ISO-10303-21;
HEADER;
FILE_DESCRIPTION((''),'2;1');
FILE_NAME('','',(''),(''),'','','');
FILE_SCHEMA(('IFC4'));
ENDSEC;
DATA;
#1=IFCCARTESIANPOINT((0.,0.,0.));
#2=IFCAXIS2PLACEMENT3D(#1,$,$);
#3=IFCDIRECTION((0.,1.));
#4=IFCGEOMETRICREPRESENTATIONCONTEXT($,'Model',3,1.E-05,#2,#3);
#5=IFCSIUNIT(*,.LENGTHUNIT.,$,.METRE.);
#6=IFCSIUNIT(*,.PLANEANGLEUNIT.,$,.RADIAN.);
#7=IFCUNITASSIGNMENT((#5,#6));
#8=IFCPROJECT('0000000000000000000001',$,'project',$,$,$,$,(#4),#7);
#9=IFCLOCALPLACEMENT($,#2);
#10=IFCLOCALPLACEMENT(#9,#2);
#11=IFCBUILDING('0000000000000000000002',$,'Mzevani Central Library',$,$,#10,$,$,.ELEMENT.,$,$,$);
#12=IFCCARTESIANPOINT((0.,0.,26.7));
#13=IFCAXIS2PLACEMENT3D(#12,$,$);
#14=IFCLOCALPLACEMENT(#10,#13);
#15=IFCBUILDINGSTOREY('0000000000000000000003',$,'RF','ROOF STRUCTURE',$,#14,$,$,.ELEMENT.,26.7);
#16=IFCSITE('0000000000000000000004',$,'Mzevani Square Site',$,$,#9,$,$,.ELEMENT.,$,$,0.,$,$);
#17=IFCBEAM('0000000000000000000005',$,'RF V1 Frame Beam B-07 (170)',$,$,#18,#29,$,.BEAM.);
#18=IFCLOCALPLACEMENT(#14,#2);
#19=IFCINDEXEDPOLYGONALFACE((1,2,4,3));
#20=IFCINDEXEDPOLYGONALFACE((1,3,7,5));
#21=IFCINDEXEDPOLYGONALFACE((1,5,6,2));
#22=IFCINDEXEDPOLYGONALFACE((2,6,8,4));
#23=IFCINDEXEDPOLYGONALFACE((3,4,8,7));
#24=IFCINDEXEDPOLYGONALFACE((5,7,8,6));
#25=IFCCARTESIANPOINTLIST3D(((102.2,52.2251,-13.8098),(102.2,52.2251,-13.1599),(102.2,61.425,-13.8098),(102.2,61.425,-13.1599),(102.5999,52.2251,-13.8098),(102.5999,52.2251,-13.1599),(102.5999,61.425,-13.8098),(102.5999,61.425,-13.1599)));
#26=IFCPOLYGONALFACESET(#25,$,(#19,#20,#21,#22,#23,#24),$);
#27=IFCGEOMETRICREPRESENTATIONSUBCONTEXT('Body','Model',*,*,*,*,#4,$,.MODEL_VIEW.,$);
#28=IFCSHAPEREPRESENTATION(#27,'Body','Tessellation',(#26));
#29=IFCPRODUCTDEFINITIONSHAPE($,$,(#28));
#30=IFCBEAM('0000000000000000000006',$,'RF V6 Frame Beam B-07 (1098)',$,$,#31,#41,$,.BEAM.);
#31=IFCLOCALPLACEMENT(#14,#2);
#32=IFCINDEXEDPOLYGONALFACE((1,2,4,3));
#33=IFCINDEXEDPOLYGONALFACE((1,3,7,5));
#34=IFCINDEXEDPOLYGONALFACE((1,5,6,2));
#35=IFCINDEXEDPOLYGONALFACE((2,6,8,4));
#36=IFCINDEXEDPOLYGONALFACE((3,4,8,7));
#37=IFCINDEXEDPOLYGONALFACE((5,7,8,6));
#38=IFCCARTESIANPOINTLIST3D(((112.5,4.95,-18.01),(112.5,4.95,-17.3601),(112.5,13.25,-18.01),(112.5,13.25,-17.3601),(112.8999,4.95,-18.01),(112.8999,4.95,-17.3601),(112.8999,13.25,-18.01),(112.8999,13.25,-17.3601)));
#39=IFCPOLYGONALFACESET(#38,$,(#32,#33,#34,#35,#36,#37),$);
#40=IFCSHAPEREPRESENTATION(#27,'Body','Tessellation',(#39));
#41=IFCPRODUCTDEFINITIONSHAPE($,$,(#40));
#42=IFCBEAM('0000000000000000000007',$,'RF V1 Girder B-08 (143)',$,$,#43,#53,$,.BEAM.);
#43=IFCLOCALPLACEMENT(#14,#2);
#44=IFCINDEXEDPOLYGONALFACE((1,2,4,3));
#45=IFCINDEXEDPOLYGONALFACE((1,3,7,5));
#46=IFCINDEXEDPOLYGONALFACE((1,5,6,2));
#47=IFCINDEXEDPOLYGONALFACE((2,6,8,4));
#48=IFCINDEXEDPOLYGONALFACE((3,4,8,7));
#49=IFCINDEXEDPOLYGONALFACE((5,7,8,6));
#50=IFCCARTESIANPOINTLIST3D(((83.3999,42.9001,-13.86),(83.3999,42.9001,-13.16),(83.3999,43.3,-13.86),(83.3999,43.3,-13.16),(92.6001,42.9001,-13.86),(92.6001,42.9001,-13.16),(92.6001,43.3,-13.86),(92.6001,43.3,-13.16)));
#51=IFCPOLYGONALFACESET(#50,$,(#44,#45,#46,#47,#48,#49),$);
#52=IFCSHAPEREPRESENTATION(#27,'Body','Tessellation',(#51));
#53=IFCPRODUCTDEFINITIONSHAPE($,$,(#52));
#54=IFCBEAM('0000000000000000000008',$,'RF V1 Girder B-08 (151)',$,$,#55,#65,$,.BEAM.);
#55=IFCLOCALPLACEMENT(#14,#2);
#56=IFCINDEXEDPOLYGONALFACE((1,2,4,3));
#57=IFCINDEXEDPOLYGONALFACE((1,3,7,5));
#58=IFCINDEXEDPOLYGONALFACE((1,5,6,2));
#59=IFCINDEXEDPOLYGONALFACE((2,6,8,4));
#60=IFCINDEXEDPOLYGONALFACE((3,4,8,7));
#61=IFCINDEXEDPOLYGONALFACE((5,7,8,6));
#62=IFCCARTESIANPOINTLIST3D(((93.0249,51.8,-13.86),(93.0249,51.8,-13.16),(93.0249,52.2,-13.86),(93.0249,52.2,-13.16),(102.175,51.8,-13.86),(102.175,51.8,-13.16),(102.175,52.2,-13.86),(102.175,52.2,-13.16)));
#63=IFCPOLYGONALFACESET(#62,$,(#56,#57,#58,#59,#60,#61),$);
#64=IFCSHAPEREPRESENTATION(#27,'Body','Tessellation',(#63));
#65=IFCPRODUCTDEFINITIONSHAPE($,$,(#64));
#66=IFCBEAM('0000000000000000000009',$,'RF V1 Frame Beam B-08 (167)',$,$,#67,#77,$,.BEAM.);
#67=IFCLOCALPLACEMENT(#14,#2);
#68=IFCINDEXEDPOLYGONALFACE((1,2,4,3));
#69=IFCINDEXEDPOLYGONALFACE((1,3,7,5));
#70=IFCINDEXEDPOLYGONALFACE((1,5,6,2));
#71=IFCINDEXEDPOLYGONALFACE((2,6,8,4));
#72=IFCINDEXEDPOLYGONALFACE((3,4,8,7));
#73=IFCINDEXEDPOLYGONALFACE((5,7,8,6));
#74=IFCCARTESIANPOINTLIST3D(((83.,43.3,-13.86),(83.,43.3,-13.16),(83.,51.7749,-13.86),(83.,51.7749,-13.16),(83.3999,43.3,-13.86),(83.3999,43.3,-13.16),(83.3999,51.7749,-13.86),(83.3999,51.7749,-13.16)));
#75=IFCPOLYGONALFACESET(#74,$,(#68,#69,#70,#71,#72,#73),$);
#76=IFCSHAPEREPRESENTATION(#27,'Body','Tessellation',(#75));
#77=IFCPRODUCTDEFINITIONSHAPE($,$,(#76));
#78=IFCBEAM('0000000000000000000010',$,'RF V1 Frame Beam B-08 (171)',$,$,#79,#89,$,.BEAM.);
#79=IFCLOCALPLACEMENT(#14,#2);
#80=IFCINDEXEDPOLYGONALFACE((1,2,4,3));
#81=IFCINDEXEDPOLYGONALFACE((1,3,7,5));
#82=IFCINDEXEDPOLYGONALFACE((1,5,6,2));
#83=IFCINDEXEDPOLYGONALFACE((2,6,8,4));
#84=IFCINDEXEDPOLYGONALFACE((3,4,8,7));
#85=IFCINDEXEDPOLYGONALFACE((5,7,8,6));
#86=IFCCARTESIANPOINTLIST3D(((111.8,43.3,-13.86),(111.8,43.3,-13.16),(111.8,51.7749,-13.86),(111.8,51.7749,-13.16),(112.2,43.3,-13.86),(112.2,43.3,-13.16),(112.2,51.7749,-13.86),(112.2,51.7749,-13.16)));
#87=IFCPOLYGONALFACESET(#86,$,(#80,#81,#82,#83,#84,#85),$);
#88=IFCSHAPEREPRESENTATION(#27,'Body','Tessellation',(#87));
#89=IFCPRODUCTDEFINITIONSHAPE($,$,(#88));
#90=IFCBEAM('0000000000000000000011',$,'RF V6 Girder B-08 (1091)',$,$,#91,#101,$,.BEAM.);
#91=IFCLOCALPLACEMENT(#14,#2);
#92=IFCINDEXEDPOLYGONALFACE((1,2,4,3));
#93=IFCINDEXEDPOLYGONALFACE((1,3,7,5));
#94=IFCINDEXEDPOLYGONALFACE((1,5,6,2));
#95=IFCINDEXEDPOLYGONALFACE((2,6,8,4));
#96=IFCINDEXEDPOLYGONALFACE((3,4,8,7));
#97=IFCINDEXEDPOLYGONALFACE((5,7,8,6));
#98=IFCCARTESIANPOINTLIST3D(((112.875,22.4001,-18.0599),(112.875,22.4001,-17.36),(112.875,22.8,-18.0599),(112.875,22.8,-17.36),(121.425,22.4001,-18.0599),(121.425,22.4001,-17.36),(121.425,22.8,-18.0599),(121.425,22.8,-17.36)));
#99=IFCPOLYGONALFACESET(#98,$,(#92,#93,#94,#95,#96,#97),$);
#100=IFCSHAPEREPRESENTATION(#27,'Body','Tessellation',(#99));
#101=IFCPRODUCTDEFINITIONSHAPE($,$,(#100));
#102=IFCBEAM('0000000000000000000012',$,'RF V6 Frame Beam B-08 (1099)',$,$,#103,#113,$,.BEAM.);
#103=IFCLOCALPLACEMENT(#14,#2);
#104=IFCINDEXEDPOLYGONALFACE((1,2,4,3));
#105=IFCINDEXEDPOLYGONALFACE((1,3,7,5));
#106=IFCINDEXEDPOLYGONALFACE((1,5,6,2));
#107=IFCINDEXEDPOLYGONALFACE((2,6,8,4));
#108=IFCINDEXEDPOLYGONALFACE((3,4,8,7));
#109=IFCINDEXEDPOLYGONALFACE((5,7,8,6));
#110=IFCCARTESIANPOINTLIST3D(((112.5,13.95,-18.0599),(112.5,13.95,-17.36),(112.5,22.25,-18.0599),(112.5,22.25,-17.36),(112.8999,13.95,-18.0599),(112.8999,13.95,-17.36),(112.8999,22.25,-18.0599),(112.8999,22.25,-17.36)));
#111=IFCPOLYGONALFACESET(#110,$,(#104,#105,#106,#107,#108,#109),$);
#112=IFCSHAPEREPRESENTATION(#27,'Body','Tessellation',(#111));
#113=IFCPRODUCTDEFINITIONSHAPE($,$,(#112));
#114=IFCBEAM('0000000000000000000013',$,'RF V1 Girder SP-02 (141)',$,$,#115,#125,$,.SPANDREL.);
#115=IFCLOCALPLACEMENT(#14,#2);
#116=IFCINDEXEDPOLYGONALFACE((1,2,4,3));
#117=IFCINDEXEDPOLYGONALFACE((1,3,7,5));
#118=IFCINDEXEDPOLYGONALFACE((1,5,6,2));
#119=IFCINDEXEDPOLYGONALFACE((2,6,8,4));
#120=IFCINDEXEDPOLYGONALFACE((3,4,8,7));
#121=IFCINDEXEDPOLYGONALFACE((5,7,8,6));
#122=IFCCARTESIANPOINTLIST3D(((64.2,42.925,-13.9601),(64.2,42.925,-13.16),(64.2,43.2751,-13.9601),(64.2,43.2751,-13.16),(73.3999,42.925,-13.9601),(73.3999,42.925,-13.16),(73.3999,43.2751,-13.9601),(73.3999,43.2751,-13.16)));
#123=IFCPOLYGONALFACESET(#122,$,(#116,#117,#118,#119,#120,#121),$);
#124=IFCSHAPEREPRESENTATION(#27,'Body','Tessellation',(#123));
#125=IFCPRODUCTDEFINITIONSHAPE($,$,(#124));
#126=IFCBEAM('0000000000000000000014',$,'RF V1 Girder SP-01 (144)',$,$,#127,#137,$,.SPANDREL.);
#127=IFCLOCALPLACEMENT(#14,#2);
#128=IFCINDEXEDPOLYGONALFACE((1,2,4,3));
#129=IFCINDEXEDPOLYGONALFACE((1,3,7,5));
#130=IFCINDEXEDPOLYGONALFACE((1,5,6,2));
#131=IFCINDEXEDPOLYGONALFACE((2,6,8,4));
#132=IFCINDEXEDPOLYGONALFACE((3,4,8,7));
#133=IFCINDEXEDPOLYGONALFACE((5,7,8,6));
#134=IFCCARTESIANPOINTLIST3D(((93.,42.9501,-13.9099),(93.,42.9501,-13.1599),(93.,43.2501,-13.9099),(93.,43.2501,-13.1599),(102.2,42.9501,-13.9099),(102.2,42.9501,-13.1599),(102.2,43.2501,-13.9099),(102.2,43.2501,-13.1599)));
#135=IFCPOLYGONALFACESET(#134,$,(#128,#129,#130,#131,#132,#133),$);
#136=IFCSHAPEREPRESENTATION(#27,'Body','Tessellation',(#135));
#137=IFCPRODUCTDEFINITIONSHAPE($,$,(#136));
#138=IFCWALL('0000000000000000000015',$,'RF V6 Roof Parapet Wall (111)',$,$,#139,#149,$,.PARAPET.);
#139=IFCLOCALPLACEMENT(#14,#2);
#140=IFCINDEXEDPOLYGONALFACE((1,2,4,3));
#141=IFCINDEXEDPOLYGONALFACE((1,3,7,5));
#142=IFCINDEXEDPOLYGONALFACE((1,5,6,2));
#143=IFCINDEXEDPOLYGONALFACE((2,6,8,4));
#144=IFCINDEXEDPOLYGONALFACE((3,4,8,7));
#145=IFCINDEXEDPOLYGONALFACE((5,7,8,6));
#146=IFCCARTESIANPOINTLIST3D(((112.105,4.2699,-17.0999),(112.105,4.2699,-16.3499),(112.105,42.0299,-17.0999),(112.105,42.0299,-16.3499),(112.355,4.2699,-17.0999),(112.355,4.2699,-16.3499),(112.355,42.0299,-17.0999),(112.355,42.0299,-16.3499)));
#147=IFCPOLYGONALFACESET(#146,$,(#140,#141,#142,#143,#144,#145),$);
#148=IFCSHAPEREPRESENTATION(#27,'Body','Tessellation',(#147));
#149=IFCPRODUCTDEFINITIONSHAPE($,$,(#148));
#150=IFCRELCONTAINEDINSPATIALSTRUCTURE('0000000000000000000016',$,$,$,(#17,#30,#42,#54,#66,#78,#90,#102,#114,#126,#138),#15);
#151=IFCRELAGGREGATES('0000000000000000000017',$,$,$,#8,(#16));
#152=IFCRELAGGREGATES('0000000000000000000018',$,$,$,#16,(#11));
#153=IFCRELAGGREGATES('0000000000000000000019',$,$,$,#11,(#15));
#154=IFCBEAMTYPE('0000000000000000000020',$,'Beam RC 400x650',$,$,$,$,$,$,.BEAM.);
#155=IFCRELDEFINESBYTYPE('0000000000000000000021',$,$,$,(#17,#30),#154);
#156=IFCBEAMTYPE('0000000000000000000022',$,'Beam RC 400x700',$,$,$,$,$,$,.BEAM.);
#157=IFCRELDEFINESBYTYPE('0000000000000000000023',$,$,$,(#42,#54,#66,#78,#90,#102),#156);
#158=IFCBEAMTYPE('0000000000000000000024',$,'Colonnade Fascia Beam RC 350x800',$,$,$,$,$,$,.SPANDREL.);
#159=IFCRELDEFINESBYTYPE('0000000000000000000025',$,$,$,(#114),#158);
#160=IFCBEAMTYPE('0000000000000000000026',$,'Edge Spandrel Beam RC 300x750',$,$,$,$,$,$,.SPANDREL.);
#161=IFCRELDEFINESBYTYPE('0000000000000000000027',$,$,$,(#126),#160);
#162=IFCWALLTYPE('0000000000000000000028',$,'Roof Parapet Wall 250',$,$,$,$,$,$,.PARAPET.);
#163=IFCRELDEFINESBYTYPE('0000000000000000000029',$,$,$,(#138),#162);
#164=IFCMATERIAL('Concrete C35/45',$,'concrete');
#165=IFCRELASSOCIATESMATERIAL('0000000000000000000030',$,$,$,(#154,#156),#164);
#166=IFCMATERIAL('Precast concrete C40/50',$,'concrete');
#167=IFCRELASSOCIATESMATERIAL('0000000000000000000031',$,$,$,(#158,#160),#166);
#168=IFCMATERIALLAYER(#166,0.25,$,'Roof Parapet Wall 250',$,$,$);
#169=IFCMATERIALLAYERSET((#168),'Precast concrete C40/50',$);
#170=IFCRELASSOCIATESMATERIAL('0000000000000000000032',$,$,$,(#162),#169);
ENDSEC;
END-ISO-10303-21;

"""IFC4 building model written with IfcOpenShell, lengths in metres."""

from ifc_helpers import new_model, si_unit, direction, frame, frame_2d, origin, origin_2d, place, context, subcontext, project, spatial, rectangle, extrude, material, layer, layer_set, material_profile, profile_set, type_object, element, save


model = new_model("IFC4")

# Units and contexts
model_context = context("Model", 3, precision=1e-05, world=origin(), true_north=direction((0.0, 1.0)))
body_context = subcontext(model_context, "Body", "Model", "MODEL_VIEW")
ifc_project = project(units=[si_unit("LENGTHUNIT", "METRE"), si_unit("PLANEANGLEUNIT", "RADIAN")], contexts=[model_context])

# Site, building, storey
site_placement = place(None, origin())
site = spatial("IfcSite", under=ifc_project, at=site_placement, Name="Mzevani Square Site", CompositionType="ELEMENT", RefElevation=0.0)
building_placement = place(site_placement, origin())
building = spatial("IfcBuilding", under=site, at=building_placement, Name="Mzevani Central Library", CompositionType="ELEMENT")
storey_placement = place(building_placement, frame((0.0, 0.0, 26.7)))
storey = spatial("IfcBuildingStorey", under=building, at=storey_placement, Name="RF", Description="ROOF STRUCTURE", CompositionType="ELEMENT", Elevation=26.7)

# Beams
ifc_material_1 = material(Name="Concrete C35/45", Category="concrete")
ifc_material_profile_1 = material_profile(ifc_material_1, rectangle(XDim=0.3999, YDim=0.6499, at=origin_2d()), Name="RC B400x650")
ifc_profile_set_1 = profile_set([ifc_material_profile_1], Name="Concrete C35/45")
beam_type_1 = type_object("IfcBeamType", Name="Beam RC 400x650", PredefinedType="BEAM", material=ifc_profile_set_1)
beam_1_placement = place(storey_placement, frame((102.3999, 52.2251, -13.4849), z_axis=(0.0, 1.0, 0.0), x_axis=(-1.0, 0.0, 0.0)))
element("IfcBeam", 1, at=beam_1_placement, inside=storey, type_object=beam_type_1, Name="RF V1 Frame Beam B-07 (170)", PredefinedType="BEAM", context=body_context, shape_type="SweptSolid", body=[
    extrude(rectangle(XDim=0.3999, YDim=0.6499, at=origin_2d()), origin(), (0.0, 0.0, 1.0), 9.2),
])
beam_2_placement = place(storey_placement, frame((112.7, 4.95, -17.6851), z_axis=(0.0, 1.0, 0.0), x_axis=(-1.0, 0.0, 0.0)))
element("IfcBeam", 2, at=beam_2_placement, inside=storey, type_object=beam_type_1, Name="RF V6 Frame Beam B-07 (1098)", PredefinedType="BEAM", context=body_context, shape_type="SweptSolid", body=[
    extrude(rectangle(XDim=0.3999, YDim=0.6499, at=origin_2d()), origin(), (0.0, 0.0, 1.0), 8.3),
])
ifc_material_profile_2 = material_profile(ifc_material_1, rectangle(XDim=0.3999, YDim=0.7, at=origin_2d()), Name="RC B400x700")
ifc_profile_set_2 = profile_set([ifc_material_profile_2], Name="Concrete C35/45")
beam_type_2 = type_object("IfcBeamType", Name="Beam RC 400x700", PredefinedType="BEAM", material=ifc_profile_set_2)
beam_3_placement = place(storey_placement, frame((83.3999, 43.1001, -13.51), z_axis=(1.0, 0.0, 0.0), x_axis=(0.0, 1.0, 0.0)))
element("IfcBeam", 3, at=beam_3_placement, inside=storey, type_object=beam_type_2, Name="RF V1 Girder B-08 (143)", PredefinedType="BEAM", context=body_context, shape_type="SweptSolid", body=[
    extrude(rectangle(XDim=0.3999, YDim=0.7, at=origin_2d()), origin(), (0.0, 0.0, 1.0), 9.2002),
])
beam_4_placement = place(storey_placement, frame((93.0249, 52.0, -13.51), z_axis=(1.0, 0.0, 0.0), x_axis=(0.0, 1.0, 0.0)))
element("IfcBeam", 4, at=beam_4_placement, inside=storey, type_object=beam_type_2, Name="RF V1 Girder B-08 (151)", PredefinedType="BEAM", context=body_context, shape_type="SweptSolid", body=[
    extrude(rectangle(XDim=0.3999, YDim=0.7, at=origin_2d()), origin(), (0.0, 0.0, 1.0), 9.1501),
])
for number, where, z_axis, x_axis, name in (
    (5, (83.2, 43.3, -13.51), (0.0, 1.0, 0.0), (-1.0, 0.0, 0.0), "RF V1 Frame Beam B-08 (167)"),
    (6, (112.0, 43.3, -13.51), (0.0, 1.0, 0.0), (-1.0, 0.0, 0.0), "RF V1 Frame Beam B-08 (171)"),
):
    element("IfcBeam", number, at=place(storey_placement, frame(where, z_axis=z_axis, x_axis=x_axis)), inside=storey, type_object=beam_type_2, Name=name, PredefinedType="BEAM", context=body_context, shape_type="SweptSolid", body=[
        extrude(rectangle(XDim=0.3999, YDim=0.7, at=origin_2d()), origin(), (0.0, 0.0, 1.0), 8.4749),
    ])
beam_5_placement = place(storey_placement, frame((112.875, 22.6001, -17.71), z_axis=(1.0, 0.0, 0.0), x_axis=(0.0, 1.0, 0.0)))
element("IfcBeam", 7, at=beam_5_placement, inside=storey, type_object=beam_type_2, Name="RF V6 Girder B-08 (1091)", PredefinedType="BEAM", context=body_context, shape_type="SweptSolid", body=[
    extrude(rectangle(XDim=0.3999, YDim=0.7, at=origin_2d()), origin(), (0.0, 0.0, 1.0), 8.55),
])
beam_6_placement = place(storey_placement, frame((112.7, 13.95, -17.71), z_axis=(0.0, 1.0, 0.0), x_axis=(-1.0, 0.0, 0.0)))
element("IfcBeam", 8, at=beam_6_placement, inside=storey, type_object=beam_type_2, Name="RF V6 Frame Beam B-08 (1099)", PredefinedType="BEAM", context=body_context, shape_type="SweptSolid", body=[
    extrude(rectangle(XDim=0.3999, YDim=0.7, at=origin_2d()), origin(), (0.0, 0.0, 1.0), 8.3),
])
ifc_material_2 = material(Name="Precast concrete C40/50", Category="concrete")
ifc_material_profile_3 = material_profile(ifc_material_2, rectangle(XDim=0.3501, YDim=0.8, at=origin_2d()), Name="RC SP350x800")
ifc_profile_set_3 = profile_set([ifc_material_profile_3], Name="Precast concrete C40/50")
beam_type_3 = type_object("IfcBeamType", Name="Colonnade Fascia Beam RC 350x800", PredefinedType="SPANDREL", material=ifc_profile_set_3)
beam_7_placement = place(storey_placement, frame((64.2, 43.1001, -13.5601), z_axis=(1.0, 0.0, 0.0), x_axis=(0.0, 1.0, 0.0)))
element("IfcBeam", 9, at=beam_7_placement, inside=storey, type_object=beam_type_3, Name="RF V1 Girder SP-02 (141)", PredefinedType="SPANDREL", context=body_context, shape_type="SweptSolid", body=[
    extrude(rectangle(XDim=0.3501, YDim=0.8, at=origin_2d()), origin(), (0.0, 0.0, 1.0), 9.2),
])
ifc_material_profile_4 = material_profile(ifc_material_2, rectangle(XDim=0.3, YDim=0.75, at=origin_2d()), Name="RC SP300x750")
ifc_profile_set_4 = profile_set([ifc_material_profile_4], Name="Precast concrete C40/50")
beam_type_4 = type_object("IfcBeamType", Name="Edge Spandrel Beam RC 300x750", PredefinedType="SPANDREL", material=ifc_profile_set_4)
beam_8_placement = place(storey_placement, frame((93.0, 43.1001, -13.5349), z_axis=(1.0, 0.0, 0.0), x_axis=(0.0, 1.0, 0.0)))
element("IfcBeam", 10, at=beam_8_placement, inside=storey, type_object=beam_type_4, Name="RF V1 Girder SP-01 (144)", PredefinedType="SPANDREL", context=body_context, shape_type="SweptSolid", body=[
    extrude(rectangle(XDim=0.3, YDim=0.75, at=origin_2d()), origin(), (0.0, 0.0, 1.0), 9.2),
])

# Wall
ifc_layer = layer(ifc_material_2, 0.25, Name="Roof Parapet Wall 250")
ifc_layer_set = layer_set([ifc_layer], Name="Precast concrete C40/50")
wall_type = type_object("IfcWallType", Name="Roof Parapet Wall 250", PredefinedType="PARAPET", material=ifc_layer_set)
wall_placement = place(storey_placement, frame((112.23, 4.27, -17.0999), z_axis=(0.0, 0.0, 1.0), x_axis=(0.0, 1.0, 0.0)))
element("IfcWall", 11, at=wall_placement, inside=storey, type_object=wall_type, Name="RF V6 Roof Parapet Wall (111)", PredefinedType="PARAPET", context=body_context, shape_type="SweptSolid", body=[
    extrude(rectangle(XDim=37.76, YDim=0.25, at=frame_2d((18.8799, 0.0))), origin(), (0.0, 0.0, 1.0), 0.75),
])

save(model, "model.ifc")
